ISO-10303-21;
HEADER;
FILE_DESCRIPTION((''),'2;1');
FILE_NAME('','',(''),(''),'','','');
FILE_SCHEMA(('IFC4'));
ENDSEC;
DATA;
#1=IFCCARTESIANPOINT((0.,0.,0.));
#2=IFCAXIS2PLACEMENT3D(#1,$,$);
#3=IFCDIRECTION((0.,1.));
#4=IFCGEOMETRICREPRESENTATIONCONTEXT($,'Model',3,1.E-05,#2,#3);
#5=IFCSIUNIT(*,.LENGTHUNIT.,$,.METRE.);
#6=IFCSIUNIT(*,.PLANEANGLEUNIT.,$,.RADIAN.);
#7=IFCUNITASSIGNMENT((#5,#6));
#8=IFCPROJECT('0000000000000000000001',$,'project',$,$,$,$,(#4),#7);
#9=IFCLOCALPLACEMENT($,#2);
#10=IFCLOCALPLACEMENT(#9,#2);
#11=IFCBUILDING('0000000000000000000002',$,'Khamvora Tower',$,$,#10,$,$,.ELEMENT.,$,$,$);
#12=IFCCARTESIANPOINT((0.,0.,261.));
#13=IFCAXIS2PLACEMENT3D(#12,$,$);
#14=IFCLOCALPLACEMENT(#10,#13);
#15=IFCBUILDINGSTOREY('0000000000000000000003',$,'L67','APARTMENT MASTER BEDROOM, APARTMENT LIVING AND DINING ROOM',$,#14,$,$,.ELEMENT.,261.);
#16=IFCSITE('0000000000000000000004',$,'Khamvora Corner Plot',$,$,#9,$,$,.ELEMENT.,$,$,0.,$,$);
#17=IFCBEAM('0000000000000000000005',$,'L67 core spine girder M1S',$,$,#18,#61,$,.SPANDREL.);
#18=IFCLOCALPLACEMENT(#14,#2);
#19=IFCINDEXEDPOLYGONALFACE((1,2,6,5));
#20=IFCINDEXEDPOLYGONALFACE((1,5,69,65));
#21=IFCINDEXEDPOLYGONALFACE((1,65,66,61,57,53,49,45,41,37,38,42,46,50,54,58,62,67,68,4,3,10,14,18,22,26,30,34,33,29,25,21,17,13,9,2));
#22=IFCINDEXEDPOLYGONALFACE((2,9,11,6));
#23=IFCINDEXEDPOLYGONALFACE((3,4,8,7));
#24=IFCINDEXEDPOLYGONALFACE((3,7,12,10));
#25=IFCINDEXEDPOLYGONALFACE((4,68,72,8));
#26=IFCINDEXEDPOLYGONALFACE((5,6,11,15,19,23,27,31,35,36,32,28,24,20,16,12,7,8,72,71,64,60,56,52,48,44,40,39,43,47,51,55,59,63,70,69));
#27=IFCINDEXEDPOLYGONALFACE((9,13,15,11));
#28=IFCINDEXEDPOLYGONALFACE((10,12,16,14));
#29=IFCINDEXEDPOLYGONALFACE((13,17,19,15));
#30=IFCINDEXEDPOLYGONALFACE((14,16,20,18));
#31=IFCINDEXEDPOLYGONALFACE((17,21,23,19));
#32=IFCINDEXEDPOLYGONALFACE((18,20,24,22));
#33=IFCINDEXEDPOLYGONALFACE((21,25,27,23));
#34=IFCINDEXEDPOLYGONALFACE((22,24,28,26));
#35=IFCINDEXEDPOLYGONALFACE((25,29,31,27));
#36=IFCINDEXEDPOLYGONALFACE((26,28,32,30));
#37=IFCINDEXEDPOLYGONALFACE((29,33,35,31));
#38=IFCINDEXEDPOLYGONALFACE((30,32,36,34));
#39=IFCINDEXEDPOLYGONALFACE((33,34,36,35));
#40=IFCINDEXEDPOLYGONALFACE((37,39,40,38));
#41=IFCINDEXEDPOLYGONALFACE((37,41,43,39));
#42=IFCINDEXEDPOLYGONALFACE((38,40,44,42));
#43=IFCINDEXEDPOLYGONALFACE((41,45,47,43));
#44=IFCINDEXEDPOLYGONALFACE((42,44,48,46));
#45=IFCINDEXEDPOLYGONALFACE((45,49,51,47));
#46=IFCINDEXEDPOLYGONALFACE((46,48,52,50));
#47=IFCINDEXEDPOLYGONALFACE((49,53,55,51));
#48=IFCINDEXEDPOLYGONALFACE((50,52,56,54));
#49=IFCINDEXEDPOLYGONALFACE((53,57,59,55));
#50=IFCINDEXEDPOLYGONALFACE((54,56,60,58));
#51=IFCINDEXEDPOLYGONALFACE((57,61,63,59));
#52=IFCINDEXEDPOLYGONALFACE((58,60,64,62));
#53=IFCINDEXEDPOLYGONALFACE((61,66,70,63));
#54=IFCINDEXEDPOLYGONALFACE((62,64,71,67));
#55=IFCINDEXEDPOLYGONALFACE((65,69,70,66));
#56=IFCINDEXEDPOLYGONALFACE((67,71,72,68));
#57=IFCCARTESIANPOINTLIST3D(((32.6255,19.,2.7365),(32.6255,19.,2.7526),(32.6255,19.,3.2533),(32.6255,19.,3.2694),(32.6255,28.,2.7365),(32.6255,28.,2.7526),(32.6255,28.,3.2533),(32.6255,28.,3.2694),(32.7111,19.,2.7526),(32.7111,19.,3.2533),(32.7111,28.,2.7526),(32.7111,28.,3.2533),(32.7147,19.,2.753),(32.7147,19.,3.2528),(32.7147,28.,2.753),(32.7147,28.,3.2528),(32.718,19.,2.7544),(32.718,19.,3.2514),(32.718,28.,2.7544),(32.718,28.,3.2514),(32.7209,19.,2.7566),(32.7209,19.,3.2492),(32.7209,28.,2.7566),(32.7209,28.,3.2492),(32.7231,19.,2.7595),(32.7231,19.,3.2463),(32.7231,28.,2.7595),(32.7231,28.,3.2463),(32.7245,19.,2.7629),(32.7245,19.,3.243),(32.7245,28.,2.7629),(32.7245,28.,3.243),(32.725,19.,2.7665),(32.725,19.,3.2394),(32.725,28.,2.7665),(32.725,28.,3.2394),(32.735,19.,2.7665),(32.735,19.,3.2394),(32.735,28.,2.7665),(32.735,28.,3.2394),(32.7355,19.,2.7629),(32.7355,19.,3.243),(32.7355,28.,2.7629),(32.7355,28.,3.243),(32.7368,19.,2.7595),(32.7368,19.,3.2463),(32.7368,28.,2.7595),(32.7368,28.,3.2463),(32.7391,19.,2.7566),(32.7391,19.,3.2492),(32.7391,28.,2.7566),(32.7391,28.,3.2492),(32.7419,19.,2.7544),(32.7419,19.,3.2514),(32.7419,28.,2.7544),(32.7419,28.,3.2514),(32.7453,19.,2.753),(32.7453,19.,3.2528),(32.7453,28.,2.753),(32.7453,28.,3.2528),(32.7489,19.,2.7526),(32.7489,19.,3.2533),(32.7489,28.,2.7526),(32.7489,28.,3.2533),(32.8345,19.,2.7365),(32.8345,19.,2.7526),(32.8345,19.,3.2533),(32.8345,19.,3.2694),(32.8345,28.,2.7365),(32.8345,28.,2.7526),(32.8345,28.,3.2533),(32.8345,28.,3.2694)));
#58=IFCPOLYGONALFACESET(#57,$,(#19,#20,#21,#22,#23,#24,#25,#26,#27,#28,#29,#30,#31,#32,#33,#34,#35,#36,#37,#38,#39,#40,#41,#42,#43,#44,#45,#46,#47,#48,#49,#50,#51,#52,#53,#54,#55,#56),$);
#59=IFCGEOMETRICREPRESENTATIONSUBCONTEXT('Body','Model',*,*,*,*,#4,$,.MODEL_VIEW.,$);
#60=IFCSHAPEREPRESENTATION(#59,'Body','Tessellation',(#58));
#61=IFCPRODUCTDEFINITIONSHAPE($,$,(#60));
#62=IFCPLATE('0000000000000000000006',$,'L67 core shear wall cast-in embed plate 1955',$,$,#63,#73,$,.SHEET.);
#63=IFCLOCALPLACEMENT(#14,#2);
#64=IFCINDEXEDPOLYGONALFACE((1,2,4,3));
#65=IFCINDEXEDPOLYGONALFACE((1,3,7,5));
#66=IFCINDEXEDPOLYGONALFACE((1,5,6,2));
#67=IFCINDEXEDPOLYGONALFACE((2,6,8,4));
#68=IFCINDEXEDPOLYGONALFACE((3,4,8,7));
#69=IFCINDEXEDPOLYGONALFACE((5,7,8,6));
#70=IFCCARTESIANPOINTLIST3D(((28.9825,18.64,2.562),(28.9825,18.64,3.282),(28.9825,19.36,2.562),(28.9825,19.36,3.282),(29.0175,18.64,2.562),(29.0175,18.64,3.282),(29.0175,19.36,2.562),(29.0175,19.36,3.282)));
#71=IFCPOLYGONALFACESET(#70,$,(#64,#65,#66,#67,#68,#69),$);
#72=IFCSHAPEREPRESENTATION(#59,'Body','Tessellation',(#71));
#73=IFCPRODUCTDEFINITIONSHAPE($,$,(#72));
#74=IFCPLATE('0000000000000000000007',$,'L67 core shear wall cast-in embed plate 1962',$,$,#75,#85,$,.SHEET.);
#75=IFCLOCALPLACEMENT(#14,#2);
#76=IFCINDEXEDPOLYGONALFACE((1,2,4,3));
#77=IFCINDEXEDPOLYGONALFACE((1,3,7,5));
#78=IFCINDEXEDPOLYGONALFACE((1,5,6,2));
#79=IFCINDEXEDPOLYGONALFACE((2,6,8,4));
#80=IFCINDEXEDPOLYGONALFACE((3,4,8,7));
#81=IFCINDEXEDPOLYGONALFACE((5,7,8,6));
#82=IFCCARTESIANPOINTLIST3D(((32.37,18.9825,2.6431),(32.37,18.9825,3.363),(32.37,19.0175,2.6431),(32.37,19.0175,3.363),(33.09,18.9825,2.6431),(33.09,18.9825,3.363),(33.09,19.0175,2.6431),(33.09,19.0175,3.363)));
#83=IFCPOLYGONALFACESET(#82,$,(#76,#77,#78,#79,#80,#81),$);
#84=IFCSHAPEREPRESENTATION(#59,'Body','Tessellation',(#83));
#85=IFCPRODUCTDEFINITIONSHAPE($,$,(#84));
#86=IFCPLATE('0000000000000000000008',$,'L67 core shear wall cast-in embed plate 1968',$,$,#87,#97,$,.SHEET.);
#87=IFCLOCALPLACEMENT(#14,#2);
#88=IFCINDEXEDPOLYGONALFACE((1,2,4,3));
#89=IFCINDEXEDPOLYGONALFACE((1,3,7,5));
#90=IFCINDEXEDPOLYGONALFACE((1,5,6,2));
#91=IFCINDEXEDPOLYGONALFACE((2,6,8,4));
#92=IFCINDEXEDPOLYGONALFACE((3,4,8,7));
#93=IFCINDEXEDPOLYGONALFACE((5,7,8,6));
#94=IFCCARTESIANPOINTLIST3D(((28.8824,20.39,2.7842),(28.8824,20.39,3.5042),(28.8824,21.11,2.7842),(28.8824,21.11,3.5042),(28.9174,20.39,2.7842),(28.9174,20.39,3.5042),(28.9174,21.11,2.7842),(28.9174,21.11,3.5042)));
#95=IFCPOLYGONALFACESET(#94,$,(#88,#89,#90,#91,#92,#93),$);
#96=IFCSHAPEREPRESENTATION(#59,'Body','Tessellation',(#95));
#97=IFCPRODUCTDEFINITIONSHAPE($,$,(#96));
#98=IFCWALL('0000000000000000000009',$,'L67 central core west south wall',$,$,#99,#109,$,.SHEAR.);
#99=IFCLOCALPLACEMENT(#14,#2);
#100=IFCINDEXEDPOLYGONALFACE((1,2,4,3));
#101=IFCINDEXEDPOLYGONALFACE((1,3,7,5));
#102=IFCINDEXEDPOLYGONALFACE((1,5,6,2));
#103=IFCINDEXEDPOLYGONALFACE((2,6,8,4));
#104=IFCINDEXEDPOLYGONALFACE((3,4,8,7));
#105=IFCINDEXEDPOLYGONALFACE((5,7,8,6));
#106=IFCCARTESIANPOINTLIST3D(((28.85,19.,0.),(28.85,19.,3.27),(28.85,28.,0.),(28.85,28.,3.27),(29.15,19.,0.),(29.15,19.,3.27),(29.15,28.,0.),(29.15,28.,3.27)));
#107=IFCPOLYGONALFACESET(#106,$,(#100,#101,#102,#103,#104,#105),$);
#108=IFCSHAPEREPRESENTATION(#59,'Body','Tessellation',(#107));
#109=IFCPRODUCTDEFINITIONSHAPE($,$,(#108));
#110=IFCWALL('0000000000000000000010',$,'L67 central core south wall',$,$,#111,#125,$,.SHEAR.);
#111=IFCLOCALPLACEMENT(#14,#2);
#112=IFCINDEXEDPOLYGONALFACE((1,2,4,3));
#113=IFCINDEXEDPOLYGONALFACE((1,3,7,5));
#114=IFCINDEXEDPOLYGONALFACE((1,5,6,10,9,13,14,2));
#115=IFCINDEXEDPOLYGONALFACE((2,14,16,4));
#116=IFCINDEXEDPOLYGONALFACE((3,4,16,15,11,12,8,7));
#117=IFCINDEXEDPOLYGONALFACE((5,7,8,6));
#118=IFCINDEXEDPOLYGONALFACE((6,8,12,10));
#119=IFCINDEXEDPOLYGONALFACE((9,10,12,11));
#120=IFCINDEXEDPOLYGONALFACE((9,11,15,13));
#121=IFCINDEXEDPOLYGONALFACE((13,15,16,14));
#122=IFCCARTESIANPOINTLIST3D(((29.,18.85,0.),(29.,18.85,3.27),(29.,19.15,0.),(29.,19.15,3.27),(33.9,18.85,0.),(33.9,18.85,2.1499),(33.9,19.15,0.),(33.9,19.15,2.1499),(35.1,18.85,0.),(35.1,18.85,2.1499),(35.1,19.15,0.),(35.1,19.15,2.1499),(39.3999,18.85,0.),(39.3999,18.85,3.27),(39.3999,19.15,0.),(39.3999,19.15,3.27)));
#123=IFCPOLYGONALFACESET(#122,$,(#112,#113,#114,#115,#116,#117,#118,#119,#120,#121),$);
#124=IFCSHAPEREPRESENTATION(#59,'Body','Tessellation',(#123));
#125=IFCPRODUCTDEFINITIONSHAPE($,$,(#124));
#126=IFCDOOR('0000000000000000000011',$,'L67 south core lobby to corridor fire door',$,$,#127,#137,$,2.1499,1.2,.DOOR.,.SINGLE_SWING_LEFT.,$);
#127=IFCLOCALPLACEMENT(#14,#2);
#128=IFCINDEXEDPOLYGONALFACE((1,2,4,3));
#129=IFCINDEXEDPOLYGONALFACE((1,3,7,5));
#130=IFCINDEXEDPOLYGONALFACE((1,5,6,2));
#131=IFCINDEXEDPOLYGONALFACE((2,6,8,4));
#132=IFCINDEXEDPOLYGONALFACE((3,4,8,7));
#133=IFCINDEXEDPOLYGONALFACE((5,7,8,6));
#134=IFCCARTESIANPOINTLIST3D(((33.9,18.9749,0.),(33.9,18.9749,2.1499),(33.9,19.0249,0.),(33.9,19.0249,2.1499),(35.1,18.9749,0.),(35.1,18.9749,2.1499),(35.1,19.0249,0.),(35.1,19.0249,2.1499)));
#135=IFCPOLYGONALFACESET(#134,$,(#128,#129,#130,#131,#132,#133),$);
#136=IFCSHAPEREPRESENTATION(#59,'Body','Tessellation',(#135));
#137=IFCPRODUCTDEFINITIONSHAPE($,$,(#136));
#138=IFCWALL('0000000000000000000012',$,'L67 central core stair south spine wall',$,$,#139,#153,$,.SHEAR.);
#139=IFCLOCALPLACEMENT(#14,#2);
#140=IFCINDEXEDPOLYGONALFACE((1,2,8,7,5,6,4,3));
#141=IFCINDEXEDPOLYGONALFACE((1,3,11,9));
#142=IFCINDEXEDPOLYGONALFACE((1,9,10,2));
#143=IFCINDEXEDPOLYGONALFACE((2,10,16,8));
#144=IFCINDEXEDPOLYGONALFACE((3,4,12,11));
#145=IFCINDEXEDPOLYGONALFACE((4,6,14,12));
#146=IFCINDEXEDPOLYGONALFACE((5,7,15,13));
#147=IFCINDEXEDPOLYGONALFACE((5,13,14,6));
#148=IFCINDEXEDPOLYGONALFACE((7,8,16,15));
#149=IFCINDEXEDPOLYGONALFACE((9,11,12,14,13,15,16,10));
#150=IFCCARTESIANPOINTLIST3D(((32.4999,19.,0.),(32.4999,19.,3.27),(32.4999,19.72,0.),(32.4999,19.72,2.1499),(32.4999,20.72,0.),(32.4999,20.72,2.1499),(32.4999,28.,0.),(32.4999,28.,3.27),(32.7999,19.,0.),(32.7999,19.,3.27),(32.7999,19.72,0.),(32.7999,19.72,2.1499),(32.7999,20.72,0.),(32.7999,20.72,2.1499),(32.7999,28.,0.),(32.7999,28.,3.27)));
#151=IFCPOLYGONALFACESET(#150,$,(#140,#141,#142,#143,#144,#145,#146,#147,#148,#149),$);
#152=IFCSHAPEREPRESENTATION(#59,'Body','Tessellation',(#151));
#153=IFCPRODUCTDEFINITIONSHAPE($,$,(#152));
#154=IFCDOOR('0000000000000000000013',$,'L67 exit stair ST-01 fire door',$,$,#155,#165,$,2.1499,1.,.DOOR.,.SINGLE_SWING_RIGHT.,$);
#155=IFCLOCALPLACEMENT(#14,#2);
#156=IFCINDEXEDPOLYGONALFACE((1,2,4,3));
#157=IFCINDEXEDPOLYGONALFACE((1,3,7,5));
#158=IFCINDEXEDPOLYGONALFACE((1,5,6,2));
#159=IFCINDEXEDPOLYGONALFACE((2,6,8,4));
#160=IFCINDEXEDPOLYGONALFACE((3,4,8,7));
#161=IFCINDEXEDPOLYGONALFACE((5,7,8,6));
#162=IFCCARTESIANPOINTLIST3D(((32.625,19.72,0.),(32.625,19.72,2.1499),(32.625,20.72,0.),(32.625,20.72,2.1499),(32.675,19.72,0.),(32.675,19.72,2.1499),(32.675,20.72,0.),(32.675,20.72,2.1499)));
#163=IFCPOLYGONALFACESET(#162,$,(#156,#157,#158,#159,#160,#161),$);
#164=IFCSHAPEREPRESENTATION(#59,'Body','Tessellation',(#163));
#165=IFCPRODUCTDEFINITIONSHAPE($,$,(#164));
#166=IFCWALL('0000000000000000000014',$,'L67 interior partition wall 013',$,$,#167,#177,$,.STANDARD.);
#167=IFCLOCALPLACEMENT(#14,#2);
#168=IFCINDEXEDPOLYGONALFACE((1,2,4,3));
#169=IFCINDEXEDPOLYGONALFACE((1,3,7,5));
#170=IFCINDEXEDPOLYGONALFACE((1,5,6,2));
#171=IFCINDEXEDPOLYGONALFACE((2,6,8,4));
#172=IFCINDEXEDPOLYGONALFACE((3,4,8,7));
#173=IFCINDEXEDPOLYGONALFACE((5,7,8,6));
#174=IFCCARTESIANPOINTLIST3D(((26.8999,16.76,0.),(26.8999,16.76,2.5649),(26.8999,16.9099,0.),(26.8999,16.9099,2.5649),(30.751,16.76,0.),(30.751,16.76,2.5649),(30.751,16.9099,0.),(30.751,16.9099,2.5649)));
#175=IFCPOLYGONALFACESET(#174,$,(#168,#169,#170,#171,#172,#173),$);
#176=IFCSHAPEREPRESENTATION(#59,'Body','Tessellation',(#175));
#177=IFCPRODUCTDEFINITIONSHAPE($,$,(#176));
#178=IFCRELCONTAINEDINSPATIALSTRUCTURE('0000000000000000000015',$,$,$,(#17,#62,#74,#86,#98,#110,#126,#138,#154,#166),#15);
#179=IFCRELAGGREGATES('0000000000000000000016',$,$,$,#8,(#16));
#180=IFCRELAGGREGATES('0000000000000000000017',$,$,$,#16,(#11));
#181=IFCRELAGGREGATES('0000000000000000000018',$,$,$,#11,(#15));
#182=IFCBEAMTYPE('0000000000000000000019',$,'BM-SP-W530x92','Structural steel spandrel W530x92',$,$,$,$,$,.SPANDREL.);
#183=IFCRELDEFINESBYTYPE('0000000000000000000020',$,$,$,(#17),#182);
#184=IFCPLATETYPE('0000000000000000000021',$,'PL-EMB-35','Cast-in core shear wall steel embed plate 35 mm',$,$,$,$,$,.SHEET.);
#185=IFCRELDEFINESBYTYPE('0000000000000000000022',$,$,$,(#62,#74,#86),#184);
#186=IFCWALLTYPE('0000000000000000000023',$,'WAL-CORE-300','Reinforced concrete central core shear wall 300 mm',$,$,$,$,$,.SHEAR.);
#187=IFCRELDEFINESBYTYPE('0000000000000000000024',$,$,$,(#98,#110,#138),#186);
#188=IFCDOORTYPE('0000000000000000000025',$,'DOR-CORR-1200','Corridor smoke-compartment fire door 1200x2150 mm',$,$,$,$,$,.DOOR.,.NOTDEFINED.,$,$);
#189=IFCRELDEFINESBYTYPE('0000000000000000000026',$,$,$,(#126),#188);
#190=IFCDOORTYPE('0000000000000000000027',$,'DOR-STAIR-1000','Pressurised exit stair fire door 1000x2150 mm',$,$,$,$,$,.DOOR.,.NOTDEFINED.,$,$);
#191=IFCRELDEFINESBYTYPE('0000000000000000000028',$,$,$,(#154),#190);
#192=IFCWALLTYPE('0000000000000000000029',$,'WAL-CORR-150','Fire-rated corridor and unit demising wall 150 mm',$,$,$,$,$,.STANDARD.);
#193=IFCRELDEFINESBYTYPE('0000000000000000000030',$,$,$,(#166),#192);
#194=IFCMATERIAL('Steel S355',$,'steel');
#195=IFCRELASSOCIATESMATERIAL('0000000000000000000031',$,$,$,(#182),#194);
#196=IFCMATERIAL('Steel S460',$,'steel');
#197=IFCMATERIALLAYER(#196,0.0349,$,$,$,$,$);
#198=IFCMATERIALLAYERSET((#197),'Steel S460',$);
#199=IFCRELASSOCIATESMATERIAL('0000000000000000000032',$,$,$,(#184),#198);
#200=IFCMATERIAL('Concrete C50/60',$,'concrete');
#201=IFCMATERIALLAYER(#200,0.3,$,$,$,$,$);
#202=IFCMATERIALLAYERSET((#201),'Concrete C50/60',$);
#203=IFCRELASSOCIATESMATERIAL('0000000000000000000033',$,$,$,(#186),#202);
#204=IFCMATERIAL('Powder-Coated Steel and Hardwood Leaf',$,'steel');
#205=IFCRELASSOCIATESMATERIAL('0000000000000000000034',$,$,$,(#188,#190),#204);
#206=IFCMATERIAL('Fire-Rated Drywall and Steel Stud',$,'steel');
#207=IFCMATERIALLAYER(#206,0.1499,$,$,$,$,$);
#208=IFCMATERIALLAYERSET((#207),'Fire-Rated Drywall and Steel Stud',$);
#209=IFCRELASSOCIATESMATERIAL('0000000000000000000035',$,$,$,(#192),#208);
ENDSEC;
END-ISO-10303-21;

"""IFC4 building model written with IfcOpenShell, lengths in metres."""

from ifc_helpers import new_model, si_unit, direction, frame, frame_2d, origin, origin_2d, place, context, subcontext, project, spatial, rectangle, i_section, extrude, material, layer, layer_set, material_profile, profile_set, type_object, element, fill, save


model = new_model("IFC4")

# Units and contexts
model_context = context("Model", 3, precision=1e-05, world=origin(), true_north=direction((0.0, 1.0)))
body_context = subcontext(model_context, "Body", "Model", "MODEL_VIEW")
ifc_project = project(units=[si_unit("LENGTHUNIT", "METRE"), si_unit("PLANEANGLEUNIT", "RADIAN")], contexts=[model_context])

# Site, building, storey
site_placement = place(None, origin())
site = spatial("IfcSite", under=ifc_project, at=site_placement, Name="Khamvora Corner Plot", CompositionType="ELEMENT", RefElevation=0.0)
building_placement = place(site_placement, origin())
building = spatial("IfcBuilding", under=site, at=building_placement, Name="Khamvora Tower", CompositionType="ELEMENT")
storey_placement = place(building_placement, frame((0.0, 0.0, 261.0)))
storey = spatial("IfcBuildingStorey", under=building, at=storey_placement, Name="L67", Description="APARTMENT MASTER BEDROOM, APARTMENT LIVING AND DINING ROOM", CompositionType="ELEMENT", Elevation=261.0)

# Beam
ifc_material_1 = material(Name="Steel S355", Category="steel")
ifc_material_profile_1 = material_profile(ifc_material_1, i_section(OverallWidth=0.209, OverallDepth=0.533, WebThickness=0.01, FlangeThickness=0.0161, FilletRadius=0.0139, at=origin_2d()), Name="W530x92")
ifc_profile_set_1 = profile_set([ifc_material_profile_1], Name="Steel S355")
beam_type_1 = type_object("IfcBeamType", Name="BM-SP-W530x92", Description="Structural steel spandrel W530x92", PredefinedType="SPANDREL", material=ifc_profile_set_1)
beam_1_placement = place(storey_placement, frame((32.73, 19.0, 3.0029), z_axis=(0.0, 1.0, 0.0), x_axis=(-1.0, 0.0, 0.0)))
element("IfcBeam", 1, at=beam_1_placement, inside=storey, type_object=beam_type_1, Name="L67 core spine girder M1S", PredefinedType="SPANDREL", context=body_context, shape_type="SweptSolid", body=[
    extrude(i_section(OverallWidth=0.209, OverallDepth=0.533, WebThickness=0.01, FlangeThickness=0.0161, FilletRadius=0.0139, at=origin_2d()), origin(), (0.0, 0.0, 1.0), 9.0),
])

# Plates
ifc_material_2 = material(Name="Steel S460", Category="steel")
ifc_layer_1 = layer(ifc_material_2, 0.0349)
ifc_layer_set_1 = layer_set([ifc_layer_1], Name="Steel S460")
plate_type = type_object("IfcPlateType", Name="PL-EMB-35", Description="Cast-in core shear wall steel embed plate 35 mm", PredefinedType="SHEET", material=ifc_layer_set_1)
plate_1_placement = place(storey_placement, frame((29.0, 19.0, 2.562), z_axis=(0.0, 0.0, 1.0), x_axis=(1.0, 0.0, 0.0)))
element("IfcPlate", 2, at=plate_1_placement, inside=storey, type_object=plate_type, Name="L67 core shear wall cast-in embed plate 1955", PredefinedType="SHEET", context=body_context, shape_type="SweptSolid", body=[
    extrude(rectangle(XDim=0.0349, YDim=0.72, at=origin_2d()), origin(), (0.0, 0.0, 1.0), 0.72),
])
plate_2_placement = place(storey_placement, frame((32.73, 19.0, 2.6431), z_axis=(0.0, 0.0, 1.0), x_axis=(1.0, 0.0, 0.0)))
element("IfcPlate", 3, at=plate_2_placement, inside=storey, type_object=plate_type, Name="L67 core shear wall cast-in embed plate 1962", PredefinedType="SHEET", context=body_context, shape_type="SweptSolid", body=[
    extrude(rectangle(XDim=0.72, YDim=0.0349, at=origin_2d()), origin(), (0.0, 0.0, 1.0), 0.72),
])
plate_3_placement = place(storey_placement, frame((28.8999, 20.75, 2.7842), z_axis=(0.0, 0.0, 1.0), x_axis=(1.0, 0.0, 0.0)))
element("IfcPlate", 4, at=plate_3_placement, inside=storey, type_object=plate_type, Name="L67 core shear wall cast-in embed plate 1968", PredefinedType="SHEET", context=body_context, shape_type="SweptSolid", body=[
    extrude(rectangle(XDim=0.0349, YDim=0.72, at=origin_2d()), origin(), (0.0, 0.0, 1.0), 0.72),
])

# Wall
ifc_material_3 = material(Name="Concrete C50/60", Category="concrete")
ifc_layer_2 = layer(ifc_material_3, 0.3)
ifc_layer_set_2 = layer_set([ifc_layer_2], Name="Concrete C50/60")
wall_type_1 = type_object("IfcWallType", Name="WAL-CORE-300", Description="Reinforced concrete central core shear wall 300 mm", PredefinedType="SHEAR", material=ifc_layer_set_2)
wall_1_placement = place(storey_placement, frame((29.0, 19.0, 0.0), z_axis=(0.0, 0.0, 1.0), x_axis=(0.0, 1.0, 0.0)))
element("IfcWall", 5, at=wall_1_placement, inside=storey, type_object=wall_type_1, Name="L67 central core west south wall", PredefinedType="SHEAR", context=body_context, shape_type="SweptSolid", body=[
    extrude(rectangle(XDim=9.0, YDim=0.3, at=frame_2d((4.5, 0.0))), origin(), (0.0, 0.0, 1.0), 3.27),
])

# Walls, openings, doors
wall_2_placement = place(storey_placement, frame((29.0, 19.0, 0.0), z_axis=(0.0, 0.0, 1.0), x_axis=(1.0, 0.0, 0.0)))
wall_2 = element("IfcWall", 6, at=wall_2_placement, inside=storey, type_object=wall_type_1, Name="L67 central core south wall", PredefinedType="SHEAR", context=body_context, shape_type="SweptSolid", body=[
    extrude(rectangle(XDim=10.3999, YDim=0.3, at=frame_2d((5.2, 0.0))), origin(), (0.0, 0.0, 1.0), 3.27),
])
opening_1_placement = place(wall_2_placement, frame((4.8999, 0.0, 0.0)))
opening_1 = element("IfcOpeningElement", 7, at=opening_1_placement, cuts=wall_2, PredefinedType="OPENING", context=body_context, shape_type="SweptSolid", body=[
    extrude(rectangle(XDim=1.2, YDim=2.1499, at=frame_2d((0.6001, 1.075))), frame((0.0, 0.1599, 0.0), z_axis=(0.0, -1.0, 0.0), x_axis=(1.0, 0.0, 0.0)), (0.0, 0.0, 1.0), 0.3201),
])
ifc_material_4 = material(Name="Powder-Coated Steel and Hardwood Leaf", Category="steel")
door_type_1 = type_object("IfcDoorType", Name="DOR-CORR-1200", Description="Corridor smoke-compartment fire door 1200x2150 mm", OperationType="NOTDEFINED", PredefinedType="DOOR", material=ifc_material_4)
door_1_placement = place(opening_1_placement, origin())
door_1 = element("IfcDoor", 8, at=door_1_placement, inside=storey, type_object=door_type_1, Name="L67 south core lobby to corridor fire door", OperationType="SINGLE_SWING_LEFT", OverallHeight=2.1499, OverallWidth=1.2, PredefinedType="DOOR", context=body_context, shape_type="SweptSolid", body=[
    extrude(rectangle(XDim=1.2, YDim=2.1499, at=frame_2d((0.6001, 1.075))), frame((0.0, 0.0249, 0.0), z_axis=(0.0, -1.0, 0.0), x_axis=(1.0, 0.0, 0.0)), (0.0, 0.0, 1.0), 0.05),
])
fill(opening_1, door_1)
wall_3_placement = place(storey_placement, frame((32.6499, 19.0, 0.0), z_axis=(0.0, 0.0, 1.0), x_axis=(0.0, 1.0, 0.0)))
wall_3 = element("IfcWall", 9, at=wall_3_placement, inside=storey, type_object=wall_type_1, Name="L67 central core stair south spine wall", PredefinedType="SHEAR", context=body_context, shape_type="SweptSolid", body=[
    extrude(rectangle(XDim=9.0, YDim=0.3, at=frame_2d((4.5, 0.0))), origin(), (0.0, 0.0, 1.0), 3.27),
])
opening_2_placement = place(wall_3_placement, frame((0.72, 0.0, 0.0)))
opening_2 = element("IfcOpeningElement", 10, at=opening_2_placement, cuts=wall_3, PredefinedType="OPENING", context=body_context, shape_type="SweptSolid", body=[
    extrude(rectangle(XDim=1.0, YDim=2.1499, at=frame_2d((0.5, 1.075))), frame((0.0, 0.1599, 0.0), z_axis=(0.0, -1.0, 0.0), x_axis=(1.0, 0.0, 0.0)), (0.0, 0.0, 1.0), 0.3201),
])
door_type_2 = type_object("IfcDoorType", Name="DOR-STAIR-1000", Description="Pressurised exit stair fire door 1000x2150 mm", OperationType="NOTDEFINED", PredefinedType="DOOR", material=ifc_material_4)
door_2_placement = place(opening_2_placement, origin())
door_2 = element("IfcDoor", 11, at=door_2_placement, inside=storey, type_object=door_type_2, Name="L67 exit stair ST-01 fire door", OperationType="SINGLE_SWING_RIGHT", OverallHeight=2.1499, OverallWidth=1.0, PredefinedType="DOOR", context=body_context, shape_type="SweptSolid", body=[
    extrude(rectangle(XDim=1.0, YDim=2.1499, at=frame_2d((0.5, 1.075))), frame((0.0, 0.0249, 0.0), z_axis=(0.0, -1.0, 0.0), x_axis=(1.0, 0.0, 0.0)), (0.0, 0.0, 1.0), 0.05),
])
fill(opening_2, door_2)

# Wall
ifc_material_5 = material(Name="Fire-Rated Drywall and Steel Stud", Category="steel")
ifc_layer_3 = layer(ifc_material_5, 0.1499)
ifc_layer_set_3 = layer_set([ifc_layer_3], Name="Fire-Rated Drywall and Steel Stud")
wall_type_2 = type_object("IfcWallType", Name="WAL-CORR-150", Description="Fire-rated corridor and unit demising wall 150 mm", PredefinedType="STANDARD", material=ifc_layer_set_3)
wall_4_placement = place(storey_placement, frame((30.751, 16.835, 0.0), z_axis=(0.0, 0.0, 1.0), x_axis=(-1.0, 0.0, 0.0)))
element("IfcWall", 12, at=wall_4_placement, inside=storey, type_object=wall_type_2, Name="L67 interior partition wall 013", PredefinedType="STANDARD", context=body_context, shape_type="SweptSolid", body=[
    extrude(rectangle(XDim=3.8511, YDim=0.1499, at=frame_2d((1.9255, 0.0))), origin(), (0.0, 0.0, 1.0), 2.5649),
])

save(model, "model.ifc")
